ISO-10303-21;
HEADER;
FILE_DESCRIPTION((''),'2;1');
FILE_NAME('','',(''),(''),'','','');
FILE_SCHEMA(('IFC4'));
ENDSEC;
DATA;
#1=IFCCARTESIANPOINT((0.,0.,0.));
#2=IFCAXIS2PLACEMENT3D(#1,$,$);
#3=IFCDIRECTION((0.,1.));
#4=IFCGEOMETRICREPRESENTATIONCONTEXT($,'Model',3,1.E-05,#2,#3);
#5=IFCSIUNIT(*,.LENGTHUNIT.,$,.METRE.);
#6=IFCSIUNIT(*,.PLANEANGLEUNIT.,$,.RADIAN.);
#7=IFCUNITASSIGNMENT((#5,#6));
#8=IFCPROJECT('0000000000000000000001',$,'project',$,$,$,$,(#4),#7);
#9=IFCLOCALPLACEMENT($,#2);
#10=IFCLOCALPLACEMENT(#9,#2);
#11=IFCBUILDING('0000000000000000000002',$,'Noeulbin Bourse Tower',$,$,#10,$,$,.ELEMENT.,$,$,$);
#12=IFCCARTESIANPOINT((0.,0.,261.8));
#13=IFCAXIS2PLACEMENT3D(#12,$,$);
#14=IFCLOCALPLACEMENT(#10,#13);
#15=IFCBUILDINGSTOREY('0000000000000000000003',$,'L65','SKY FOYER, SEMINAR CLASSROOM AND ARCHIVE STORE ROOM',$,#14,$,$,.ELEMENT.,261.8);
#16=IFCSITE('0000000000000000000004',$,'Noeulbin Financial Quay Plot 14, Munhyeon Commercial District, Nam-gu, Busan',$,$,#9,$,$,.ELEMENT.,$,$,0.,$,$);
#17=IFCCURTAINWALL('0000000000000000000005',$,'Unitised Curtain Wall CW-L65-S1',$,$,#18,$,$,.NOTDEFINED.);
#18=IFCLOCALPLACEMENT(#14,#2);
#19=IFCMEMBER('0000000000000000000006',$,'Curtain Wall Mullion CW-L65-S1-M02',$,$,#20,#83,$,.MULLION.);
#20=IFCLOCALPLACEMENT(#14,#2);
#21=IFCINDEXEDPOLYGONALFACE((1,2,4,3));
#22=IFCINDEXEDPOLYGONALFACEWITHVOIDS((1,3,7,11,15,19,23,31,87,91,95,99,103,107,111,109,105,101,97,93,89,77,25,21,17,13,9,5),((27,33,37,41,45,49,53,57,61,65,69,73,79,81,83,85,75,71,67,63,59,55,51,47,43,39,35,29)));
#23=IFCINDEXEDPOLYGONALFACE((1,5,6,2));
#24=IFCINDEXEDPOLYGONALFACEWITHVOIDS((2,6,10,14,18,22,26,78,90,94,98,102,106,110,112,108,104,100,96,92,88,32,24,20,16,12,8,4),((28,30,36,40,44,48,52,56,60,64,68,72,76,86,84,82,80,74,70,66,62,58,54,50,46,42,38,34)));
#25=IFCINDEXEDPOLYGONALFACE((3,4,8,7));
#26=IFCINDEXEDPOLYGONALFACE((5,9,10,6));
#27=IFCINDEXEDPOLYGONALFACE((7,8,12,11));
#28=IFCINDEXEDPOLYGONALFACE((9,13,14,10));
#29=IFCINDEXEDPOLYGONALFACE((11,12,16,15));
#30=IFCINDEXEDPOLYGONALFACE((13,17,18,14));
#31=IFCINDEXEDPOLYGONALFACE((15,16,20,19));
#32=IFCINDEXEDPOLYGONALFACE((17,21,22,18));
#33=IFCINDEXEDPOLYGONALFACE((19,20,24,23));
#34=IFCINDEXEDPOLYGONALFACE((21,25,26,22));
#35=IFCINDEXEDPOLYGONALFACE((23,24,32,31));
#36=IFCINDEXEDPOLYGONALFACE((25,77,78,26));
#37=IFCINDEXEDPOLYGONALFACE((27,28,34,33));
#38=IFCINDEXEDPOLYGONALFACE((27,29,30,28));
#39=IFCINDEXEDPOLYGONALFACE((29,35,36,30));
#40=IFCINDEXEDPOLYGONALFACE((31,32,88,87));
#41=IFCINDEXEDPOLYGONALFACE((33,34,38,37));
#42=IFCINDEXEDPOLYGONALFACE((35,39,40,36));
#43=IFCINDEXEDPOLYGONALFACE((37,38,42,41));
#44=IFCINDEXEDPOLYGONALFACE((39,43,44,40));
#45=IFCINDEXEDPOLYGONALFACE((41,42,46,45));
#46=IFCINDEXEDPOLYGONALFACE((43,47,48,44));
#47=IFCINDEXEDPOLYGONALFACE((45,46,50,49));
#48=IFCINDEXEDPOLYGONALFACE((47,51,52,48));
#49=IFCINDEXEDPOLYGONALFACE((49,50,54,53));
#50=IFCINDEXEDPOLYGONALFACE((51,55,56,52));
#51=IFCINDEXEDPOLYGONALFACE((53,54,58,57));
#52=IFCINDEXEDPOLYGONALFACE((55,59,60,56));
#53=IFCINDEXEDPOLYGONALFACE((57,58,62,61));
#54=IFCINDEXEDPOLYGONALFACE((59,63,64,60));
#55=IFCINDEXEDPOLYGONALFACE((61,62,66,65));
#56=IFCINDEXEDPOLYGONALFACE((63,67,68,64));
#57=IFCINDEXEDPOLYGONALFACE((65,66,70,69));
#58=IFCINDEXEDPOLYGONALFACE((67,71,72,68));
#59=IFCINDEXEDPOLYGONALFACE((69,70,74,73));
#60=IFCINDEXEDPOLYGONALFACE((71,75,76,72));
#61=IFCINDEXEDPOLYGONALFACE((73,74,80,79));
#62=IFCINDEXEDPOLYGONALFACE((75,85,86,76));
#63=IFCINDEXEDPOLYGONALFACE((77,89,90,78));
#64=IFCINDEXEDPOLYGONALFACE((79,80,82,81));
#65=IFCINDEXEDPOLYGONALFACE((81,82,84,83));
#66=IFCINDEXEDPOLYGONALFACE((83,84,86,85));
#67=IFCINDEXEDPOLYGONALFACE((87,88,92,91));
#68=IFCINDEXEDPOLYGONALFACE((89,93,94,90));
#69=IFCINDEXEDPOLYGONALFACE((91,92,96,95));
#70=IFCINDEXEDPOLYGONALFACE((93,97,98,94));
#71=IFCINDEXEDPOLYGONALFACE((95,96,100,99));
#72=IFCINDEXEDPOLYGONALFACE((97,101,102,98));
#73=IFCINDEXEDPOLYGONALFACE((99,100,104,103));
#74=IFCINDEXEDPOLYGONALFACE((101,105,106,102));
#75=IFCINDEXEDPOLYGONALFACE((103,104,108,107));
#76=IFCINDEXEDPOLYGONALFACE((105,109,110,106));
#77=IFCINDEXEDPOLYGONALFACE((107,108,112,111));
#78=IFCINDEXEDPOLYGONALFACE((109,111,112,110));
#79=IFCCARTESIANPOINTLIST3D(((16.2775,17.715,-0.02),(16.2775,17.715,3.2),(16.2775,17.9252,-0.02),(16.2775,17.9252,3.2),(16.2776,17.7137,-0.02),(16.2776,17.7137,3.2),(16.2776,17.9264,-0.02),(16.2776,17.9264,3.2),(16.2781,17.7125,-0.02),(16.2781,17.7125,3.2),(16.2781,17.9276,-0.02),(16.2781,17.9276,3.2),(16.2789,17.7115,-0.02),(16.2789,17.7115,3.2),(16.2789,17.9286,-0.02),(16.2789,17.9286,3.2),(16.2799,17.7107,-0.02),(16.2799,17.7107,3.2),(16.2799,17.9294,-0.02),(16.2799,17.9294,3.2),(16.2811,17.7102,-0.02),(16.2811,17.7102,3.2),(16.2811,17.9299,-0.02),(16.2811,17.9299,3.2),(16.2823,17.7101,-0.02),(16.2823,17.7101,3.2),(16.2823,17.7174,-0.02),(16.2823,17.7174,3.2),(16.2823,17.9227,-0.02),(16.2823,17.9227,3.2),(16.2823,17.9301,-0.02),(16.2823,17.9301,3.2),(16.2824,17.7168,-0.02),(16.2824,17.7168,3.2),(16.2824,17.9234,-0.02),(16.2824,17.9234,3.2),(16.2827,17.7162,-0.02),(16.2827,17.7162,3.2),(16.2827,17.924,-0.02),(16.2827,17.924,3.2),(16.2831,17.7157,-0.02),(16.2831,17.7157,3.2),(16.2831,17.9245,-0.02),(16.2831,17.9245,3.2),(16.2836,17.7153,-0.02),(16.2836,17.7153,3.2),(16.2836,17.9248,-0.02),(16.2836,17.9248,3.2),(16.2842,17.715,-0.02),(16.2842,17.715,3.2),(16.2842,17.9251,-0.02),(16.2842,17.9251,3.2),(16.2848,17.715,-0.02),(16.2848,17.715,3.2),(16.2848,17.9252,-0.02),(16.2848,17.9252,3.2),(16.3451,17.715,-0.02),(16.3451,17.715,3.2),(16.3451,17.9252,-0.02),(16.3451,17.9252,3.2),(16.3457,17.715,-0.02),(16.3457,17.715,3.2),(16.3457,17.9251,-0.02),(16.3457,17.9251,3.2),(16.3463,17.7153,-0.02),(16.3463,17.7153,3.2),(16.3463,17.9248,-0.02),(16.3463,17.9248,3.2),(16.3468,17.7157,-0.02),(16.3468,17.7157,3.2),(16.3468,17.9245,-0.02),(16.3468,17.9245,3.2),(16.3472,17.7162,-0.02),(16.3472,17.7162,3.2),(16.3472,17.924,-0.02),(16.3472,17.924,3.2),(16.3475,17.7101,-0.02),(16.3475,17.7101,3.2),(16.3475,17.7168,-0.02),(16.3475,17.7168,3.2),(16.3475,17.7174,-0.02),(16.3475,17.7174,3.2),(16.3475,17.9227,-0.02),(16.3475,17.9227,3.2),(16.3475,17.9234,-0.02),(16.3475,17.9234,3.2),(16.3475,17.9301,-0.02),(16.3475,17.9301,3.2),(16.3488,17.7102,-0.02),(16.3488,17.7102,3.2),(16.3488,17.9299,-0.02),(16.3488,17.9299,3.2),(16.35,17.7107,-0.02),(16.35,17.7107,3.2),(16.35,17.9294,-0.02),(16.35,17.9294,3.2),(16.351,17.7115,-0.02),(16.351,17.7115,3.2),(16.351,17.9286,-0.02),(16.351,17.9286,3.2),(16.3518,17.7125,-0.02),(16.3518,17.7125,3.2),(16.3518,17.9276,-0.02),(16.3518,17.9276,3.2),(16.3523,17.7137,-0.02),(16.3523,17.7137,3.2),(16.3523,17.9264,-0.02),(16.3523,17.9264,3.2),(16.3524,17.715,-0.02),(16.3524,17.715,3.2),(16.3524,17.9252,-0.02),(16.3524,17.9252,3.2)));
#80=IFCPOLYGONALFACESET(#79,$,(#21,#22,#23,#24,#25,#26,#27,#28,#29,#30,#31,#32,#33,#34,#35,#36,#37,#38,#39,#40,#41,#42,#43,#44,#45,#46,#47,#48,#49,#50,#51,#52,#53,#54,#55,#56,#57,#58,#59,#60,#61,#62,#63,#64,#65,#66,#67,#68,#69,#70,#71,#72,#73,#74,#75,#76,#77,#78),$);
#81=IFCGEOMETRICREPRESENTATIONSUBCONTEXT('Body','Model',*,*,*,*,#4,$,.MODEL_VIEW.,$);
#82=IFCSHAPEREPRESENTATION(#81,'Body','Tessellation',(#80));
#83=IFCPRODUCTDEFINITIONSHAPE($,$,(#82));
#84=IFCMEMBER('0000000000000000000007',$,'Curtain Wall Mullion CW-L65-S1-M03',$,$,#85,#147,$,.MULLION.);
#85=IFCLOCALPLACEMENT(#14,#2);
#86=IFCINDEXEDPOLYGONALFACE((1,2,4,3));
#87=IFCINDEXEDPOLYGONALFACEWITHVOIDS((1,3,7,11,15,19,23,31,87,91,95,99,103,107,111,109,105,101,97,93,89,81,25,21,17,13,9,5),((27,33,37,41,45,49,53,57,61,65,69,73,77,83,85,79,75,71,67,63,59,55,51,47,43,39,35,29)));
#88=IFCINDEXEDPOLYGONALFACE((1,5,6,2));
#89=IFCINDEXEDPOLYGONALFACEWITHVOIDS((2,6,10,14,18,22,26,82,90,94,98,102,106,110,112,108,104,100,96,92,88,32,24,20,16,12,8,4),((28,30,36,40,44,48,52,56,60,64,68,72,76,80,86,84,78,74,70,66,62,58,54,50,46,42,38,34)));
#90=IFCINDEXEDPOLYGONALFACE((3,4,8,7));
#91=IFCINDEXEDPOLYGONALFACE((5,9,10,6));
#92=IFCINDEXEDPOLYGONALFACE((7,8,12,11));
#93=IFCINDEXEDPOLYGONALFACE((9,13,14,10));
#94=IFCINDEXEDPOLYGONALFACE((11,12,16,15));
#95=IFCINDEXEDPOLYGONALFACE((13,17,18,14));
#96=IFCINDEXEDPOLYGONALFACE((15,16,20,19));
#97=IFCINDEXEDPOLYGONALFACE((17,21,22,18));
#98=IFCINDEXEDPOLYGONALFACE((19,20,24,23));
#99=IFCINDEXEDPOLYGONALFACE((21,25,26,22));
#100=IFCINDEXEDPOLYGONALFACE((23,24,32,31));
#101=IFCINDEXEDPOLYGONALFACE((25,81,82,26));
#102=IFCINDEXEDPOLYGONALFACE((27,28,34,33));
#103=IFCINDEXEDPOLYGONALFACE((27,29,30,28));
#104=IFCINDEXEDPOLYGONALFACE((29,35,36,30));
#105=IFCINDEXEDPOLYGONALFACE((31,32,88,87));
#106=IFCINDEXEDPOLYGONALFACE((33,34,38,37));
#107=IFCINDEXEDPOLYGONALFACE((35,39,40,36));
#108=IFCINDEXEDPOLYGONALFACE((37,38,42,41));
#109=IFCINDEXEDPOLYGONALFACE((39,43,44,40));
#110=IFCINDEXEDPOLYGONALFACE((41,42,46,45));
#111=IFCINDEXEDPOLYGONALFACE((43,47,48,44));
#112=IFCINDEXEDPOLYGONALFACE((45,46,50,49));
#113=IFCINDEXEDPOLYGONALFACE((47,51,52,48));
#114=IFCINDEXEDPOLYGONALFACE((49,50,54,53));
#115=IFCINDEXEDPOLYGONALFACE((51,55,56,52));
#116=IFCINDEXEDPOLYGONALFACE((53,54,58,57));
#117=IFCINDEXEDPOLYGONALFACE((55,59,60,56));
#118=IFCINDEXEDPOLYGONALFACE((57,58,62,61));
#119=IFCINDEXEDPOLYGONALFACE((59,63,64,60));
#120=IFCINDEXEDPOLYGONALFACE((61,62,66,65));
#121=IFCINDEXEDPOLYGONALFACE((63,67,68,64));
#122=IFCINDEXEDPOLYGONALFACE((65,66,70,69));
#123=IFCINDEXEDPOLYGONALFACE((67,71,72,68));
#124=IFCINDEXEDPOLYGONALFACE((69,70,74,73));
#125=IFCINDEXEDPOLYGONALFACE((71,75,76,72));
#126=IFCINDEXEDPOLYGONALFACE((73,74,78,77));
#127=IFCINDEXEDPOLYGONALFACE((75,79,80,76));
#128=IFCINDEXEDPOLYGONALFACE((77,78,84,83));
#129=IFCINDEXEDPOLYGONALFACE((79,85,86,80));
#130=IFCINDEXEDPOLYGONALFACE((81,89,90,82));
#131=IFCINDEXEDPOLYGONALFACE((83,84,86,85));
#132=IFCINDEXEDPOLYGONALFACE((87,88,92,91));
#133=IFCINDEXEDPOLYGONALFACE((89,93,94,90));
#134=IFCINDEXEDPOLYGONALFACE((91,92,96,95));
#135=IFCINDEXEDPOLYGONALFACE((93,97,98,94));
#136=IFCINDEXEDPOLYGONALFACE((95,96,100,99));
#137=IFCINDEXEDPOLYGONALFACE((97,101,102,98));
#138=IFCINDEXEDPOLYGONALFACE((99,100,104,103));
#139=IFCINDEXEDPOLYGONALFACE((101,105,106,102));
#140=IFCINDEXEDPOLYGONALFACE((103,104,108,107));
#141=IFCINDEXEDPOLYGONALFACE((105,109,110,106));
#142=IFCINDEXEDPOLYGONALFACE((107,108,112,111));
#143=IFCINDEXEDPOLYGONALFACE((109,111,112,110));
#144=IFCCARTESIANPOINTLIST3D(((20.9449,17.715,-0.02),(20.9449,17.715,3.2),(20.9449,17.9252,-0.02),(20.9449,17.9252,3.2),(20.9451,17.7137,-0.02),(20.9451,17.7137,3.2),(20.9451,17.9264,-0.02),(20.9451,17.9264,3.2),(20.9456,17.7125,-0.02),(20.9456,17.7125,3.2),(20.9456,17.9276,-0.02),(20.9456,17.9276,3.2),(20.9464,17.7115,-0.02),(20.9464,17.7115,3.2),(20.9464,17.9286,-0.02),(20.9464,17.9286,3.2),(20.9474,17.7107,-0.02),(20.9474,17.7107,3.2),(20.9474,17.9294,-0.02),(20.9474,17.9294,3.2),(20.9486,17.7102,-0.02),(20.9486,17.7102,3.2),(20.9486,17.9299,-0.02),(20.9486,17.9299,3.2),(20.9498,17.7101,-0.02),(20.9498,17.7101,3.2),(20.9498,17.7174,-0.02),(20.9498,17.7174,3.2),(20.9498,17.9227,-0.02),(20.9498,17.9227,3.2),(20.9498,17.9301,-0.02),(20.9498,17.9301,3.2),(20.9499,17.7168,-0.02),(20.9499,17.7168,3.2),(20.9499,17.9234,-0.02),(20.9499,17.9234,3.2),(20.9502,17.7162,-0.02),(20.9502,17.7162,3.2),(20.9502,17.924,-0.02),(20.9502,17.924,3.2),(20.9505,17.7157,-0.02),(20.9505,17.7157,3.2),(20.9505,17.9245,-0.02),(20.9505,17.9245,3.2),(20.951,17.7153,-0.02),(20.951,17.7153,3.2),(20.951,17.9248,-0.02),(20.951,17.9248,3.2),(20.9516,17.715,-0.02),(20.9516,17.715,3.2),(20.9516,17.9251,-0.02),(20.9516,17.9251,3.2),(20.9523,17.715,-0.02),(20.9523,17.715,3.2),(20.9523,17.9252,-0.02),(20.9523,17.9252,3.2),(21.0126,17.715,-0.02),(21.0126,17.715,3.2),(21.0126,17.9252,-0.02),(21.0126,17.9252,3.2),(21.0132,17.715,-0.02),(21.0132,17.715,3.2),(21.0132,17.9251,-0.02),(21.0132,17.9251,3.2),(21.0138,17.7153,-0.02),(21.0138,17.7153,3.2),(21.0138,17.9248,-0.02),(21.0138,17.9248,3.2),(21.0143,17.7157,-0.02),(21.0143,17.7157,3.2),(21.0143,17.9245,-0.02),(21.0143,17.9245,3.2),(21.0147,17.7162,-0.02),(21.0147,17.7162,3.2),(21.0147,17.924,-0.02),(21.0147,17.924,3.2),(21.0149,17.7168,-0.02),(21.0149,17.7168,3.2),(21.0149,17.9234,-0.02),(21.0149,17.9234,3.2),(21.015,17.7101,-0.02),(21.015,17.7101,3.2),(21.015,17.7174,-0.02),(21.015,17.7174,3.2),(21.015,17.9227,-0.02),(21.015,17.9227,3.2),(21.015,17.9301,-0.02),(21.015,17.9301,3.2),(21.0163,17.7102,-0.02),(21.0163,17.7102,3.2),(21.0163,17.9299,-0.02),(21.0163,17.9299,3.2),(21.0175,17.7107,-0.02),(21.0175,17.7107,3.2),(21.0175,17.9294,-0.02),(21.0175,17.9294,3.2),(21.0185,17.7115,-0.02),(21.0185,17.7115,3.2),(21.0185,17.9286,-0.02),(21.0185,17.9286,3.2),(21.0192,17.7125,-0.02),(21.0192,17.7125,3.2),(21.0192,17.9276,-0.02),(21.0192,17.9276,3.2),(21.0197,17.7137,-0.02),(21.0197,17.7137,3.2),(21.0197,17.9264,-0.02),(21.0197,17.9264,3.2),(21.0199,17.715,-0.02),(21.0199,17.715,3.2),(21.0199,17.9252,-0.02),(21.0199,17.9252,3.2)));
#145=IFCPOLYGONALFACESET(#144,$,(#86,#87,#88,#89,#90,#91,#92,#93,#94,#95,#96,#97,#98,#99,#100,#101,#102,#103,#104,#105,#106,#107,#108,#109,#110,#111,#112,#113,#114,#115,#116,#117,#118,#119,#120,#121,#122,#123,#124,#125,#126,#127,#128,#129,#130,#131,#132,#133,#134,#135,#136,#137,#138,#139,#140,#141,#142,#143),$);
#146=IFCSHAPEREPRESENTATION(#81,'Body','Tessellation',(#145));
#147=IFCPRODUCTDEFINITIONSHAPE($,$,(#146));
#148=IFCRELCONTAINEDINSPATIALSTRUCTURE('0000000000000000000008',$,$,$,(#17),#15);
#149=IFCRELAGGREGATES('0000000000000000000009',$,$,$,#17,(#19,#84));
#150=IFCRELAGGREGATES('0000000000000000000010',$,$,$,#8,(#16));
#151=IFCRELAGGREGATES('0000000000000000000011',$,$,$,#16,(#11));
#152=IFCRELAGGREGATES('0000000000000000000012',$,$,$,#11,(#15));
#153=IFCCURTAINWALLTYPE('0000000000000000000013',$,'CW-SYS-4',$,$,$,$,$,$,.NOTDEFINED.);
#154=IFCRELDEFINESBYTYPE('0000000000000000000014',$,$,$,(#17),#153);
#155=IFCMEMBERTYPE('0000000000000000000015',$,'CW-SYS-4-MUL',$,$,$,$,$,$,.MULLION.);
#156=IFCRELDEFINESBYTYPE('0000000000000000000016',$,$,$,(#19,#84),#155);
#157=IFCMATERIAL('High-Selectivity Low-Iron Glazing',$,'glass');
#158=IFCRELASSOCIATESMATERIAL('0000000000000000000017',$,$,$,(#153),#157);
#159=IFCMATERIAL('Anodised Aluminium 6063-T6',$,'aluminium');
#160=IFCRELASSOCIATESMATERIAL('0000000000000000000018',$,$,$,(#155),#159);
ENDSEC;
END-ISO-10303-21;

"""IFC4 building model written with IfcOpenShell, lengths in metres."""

from ifc_helpers import new_model, si_unit, direction, frame, origin, origin_2d, place, context, subcontext, project, spatial, hollow_rectangle, extrude, material, material_profile, profile_set, type_object, element, aggregate, save


model = new_model("IFC4")

# Units and contexts
model_context = context("Model", 3, precision=1e-05, world=origin(), true_north=direction((0.0, 1.0)))
body_context = subcontext(model_context, "Body", "Model", "MODEL_VIEW")
ifc_project = project(units=[si_unit("LENGTHUNIT", "METRE"), si_unit("PLANEANGLEUNIT", "RADIAN")], contexts=[model_context])

# Site, building, storey
site_placement = place(None, origin())
site = spatial("IfcSite", under=ifc_project, at=site_placement, Name="Noeulbin Financial Quay Plot 14, Munhyeon Commercial District, Nam-gu, Busan", CompositionType="ELEMENT", RefElevation=0.0)
building_placement = place(site_placement, origin())
building = spatial("IfcBuilding", under=site, at=building_placement, Name="Noeulbin Bourse Tower", CompositionType="ELEMENT")
storey_placement = place(building_placement, frame((0.0, 0.0, 261.8)))
storey = spatial("IfcBuildingStorey", under=building, at=storey_placement, Name="L65", Description="SKY FOYER, SEMINAR CLASSROOM AND ARCHIVE STORE ROOM", CompositionType="ELEMENT", Elevation=261.8)

# Curtain wall, members
ifc_material_1 = material(Name="High-Selectivity Low-Iron Glazing", Category="glass")
curtain_wall_type = type_object("IfcCurtainWallType", Name="CW-SYS-4", PredefinedType="NOTDEFINED", material=ifc_material_1)
curtain_wall_placement = place(storey_placement, origin())
curtain_wall = element("IfcCurtainWall", 1, at=curtain_wall_placement, inside=storey, type_object=curtain_wall_type, Name="Unitised Curtain Wall CW-L65-S1", PredefinedType="NOTDEFINED")
ifc_material_2 = material(Name="Anodised Aluminium 6063-T6", Category="aluminium")
ifc_material_profile_1 = material_profile(ifc_material_2, hollow_rectangle(XDim=0.075, YDim=0.22, WallThickness=0.0049, InnerFilletRadius=0.0024, OuterFilletRadius=0.0049, at=origin_2d()), Name="ALU-MULL-75x220x5", Category="LoadBearing")
ifc_profile_set_1 = profile_set([ifc_material_profile_1], Name="Anodised Aluminium 6063-T6")
member_type_1 = type_object("IfcMemberType", Name="CW-SYS-4-MUL", PredefinedType="MULLION", material=ifc_profile_set_1)
member_1_placement = place(storey_placement, frame((16.3149, 17.8201, -0.02), z_axis=(0.0, 0.0, 1.0), x_axis=(1.0, 0.0, 0.0)))
member_1 = element("IfcMember", 2, at=member_1_placement, type_object=member_type_1, Name="Curtain Wall Mullion CW-L65-S1-M02", PredefinedType="MULLION", context=body_context, shape_type="SweptSolid", body=[
    extrude(hollow_rectangle(XDim=0.075, YDim=0.22, WallThickness=0.0049, InnerFilletRadius=0.0024, OuterFilletRadius=0.0049, at=origin_2d()), origin(), (0.0, 0.0, 1.0), 3.22),
])
member_2_placement = place(storey_placement, frame((20.9824, 17.8201, -0.02), z_axis=(0.0, 0.0, 1.0), x_axis=(1.0, 0.0, 0.0)))
member_2 = element("IfcMember", 3, at=member_2_placement, type_object=member_type_1, Name="Curtain Wall Mullion CW-L65-S1-M03", PredefinedType="MULLION", context=body_context, shape_type="SweptSolid", body=[
    extrude(hollow_rectangle(XDim=0.075, YDim=0.22, WallThickness=0.0049, InnerFilletRadius=0.0024, OuterFilletRadius=0.0049, at=origin_2d()), origin(), (0.0, 0.0, 1.0), 3.22),
])
aggregate(curtain_wall, [member_1, member_2])

save(model, "model.ifc")
